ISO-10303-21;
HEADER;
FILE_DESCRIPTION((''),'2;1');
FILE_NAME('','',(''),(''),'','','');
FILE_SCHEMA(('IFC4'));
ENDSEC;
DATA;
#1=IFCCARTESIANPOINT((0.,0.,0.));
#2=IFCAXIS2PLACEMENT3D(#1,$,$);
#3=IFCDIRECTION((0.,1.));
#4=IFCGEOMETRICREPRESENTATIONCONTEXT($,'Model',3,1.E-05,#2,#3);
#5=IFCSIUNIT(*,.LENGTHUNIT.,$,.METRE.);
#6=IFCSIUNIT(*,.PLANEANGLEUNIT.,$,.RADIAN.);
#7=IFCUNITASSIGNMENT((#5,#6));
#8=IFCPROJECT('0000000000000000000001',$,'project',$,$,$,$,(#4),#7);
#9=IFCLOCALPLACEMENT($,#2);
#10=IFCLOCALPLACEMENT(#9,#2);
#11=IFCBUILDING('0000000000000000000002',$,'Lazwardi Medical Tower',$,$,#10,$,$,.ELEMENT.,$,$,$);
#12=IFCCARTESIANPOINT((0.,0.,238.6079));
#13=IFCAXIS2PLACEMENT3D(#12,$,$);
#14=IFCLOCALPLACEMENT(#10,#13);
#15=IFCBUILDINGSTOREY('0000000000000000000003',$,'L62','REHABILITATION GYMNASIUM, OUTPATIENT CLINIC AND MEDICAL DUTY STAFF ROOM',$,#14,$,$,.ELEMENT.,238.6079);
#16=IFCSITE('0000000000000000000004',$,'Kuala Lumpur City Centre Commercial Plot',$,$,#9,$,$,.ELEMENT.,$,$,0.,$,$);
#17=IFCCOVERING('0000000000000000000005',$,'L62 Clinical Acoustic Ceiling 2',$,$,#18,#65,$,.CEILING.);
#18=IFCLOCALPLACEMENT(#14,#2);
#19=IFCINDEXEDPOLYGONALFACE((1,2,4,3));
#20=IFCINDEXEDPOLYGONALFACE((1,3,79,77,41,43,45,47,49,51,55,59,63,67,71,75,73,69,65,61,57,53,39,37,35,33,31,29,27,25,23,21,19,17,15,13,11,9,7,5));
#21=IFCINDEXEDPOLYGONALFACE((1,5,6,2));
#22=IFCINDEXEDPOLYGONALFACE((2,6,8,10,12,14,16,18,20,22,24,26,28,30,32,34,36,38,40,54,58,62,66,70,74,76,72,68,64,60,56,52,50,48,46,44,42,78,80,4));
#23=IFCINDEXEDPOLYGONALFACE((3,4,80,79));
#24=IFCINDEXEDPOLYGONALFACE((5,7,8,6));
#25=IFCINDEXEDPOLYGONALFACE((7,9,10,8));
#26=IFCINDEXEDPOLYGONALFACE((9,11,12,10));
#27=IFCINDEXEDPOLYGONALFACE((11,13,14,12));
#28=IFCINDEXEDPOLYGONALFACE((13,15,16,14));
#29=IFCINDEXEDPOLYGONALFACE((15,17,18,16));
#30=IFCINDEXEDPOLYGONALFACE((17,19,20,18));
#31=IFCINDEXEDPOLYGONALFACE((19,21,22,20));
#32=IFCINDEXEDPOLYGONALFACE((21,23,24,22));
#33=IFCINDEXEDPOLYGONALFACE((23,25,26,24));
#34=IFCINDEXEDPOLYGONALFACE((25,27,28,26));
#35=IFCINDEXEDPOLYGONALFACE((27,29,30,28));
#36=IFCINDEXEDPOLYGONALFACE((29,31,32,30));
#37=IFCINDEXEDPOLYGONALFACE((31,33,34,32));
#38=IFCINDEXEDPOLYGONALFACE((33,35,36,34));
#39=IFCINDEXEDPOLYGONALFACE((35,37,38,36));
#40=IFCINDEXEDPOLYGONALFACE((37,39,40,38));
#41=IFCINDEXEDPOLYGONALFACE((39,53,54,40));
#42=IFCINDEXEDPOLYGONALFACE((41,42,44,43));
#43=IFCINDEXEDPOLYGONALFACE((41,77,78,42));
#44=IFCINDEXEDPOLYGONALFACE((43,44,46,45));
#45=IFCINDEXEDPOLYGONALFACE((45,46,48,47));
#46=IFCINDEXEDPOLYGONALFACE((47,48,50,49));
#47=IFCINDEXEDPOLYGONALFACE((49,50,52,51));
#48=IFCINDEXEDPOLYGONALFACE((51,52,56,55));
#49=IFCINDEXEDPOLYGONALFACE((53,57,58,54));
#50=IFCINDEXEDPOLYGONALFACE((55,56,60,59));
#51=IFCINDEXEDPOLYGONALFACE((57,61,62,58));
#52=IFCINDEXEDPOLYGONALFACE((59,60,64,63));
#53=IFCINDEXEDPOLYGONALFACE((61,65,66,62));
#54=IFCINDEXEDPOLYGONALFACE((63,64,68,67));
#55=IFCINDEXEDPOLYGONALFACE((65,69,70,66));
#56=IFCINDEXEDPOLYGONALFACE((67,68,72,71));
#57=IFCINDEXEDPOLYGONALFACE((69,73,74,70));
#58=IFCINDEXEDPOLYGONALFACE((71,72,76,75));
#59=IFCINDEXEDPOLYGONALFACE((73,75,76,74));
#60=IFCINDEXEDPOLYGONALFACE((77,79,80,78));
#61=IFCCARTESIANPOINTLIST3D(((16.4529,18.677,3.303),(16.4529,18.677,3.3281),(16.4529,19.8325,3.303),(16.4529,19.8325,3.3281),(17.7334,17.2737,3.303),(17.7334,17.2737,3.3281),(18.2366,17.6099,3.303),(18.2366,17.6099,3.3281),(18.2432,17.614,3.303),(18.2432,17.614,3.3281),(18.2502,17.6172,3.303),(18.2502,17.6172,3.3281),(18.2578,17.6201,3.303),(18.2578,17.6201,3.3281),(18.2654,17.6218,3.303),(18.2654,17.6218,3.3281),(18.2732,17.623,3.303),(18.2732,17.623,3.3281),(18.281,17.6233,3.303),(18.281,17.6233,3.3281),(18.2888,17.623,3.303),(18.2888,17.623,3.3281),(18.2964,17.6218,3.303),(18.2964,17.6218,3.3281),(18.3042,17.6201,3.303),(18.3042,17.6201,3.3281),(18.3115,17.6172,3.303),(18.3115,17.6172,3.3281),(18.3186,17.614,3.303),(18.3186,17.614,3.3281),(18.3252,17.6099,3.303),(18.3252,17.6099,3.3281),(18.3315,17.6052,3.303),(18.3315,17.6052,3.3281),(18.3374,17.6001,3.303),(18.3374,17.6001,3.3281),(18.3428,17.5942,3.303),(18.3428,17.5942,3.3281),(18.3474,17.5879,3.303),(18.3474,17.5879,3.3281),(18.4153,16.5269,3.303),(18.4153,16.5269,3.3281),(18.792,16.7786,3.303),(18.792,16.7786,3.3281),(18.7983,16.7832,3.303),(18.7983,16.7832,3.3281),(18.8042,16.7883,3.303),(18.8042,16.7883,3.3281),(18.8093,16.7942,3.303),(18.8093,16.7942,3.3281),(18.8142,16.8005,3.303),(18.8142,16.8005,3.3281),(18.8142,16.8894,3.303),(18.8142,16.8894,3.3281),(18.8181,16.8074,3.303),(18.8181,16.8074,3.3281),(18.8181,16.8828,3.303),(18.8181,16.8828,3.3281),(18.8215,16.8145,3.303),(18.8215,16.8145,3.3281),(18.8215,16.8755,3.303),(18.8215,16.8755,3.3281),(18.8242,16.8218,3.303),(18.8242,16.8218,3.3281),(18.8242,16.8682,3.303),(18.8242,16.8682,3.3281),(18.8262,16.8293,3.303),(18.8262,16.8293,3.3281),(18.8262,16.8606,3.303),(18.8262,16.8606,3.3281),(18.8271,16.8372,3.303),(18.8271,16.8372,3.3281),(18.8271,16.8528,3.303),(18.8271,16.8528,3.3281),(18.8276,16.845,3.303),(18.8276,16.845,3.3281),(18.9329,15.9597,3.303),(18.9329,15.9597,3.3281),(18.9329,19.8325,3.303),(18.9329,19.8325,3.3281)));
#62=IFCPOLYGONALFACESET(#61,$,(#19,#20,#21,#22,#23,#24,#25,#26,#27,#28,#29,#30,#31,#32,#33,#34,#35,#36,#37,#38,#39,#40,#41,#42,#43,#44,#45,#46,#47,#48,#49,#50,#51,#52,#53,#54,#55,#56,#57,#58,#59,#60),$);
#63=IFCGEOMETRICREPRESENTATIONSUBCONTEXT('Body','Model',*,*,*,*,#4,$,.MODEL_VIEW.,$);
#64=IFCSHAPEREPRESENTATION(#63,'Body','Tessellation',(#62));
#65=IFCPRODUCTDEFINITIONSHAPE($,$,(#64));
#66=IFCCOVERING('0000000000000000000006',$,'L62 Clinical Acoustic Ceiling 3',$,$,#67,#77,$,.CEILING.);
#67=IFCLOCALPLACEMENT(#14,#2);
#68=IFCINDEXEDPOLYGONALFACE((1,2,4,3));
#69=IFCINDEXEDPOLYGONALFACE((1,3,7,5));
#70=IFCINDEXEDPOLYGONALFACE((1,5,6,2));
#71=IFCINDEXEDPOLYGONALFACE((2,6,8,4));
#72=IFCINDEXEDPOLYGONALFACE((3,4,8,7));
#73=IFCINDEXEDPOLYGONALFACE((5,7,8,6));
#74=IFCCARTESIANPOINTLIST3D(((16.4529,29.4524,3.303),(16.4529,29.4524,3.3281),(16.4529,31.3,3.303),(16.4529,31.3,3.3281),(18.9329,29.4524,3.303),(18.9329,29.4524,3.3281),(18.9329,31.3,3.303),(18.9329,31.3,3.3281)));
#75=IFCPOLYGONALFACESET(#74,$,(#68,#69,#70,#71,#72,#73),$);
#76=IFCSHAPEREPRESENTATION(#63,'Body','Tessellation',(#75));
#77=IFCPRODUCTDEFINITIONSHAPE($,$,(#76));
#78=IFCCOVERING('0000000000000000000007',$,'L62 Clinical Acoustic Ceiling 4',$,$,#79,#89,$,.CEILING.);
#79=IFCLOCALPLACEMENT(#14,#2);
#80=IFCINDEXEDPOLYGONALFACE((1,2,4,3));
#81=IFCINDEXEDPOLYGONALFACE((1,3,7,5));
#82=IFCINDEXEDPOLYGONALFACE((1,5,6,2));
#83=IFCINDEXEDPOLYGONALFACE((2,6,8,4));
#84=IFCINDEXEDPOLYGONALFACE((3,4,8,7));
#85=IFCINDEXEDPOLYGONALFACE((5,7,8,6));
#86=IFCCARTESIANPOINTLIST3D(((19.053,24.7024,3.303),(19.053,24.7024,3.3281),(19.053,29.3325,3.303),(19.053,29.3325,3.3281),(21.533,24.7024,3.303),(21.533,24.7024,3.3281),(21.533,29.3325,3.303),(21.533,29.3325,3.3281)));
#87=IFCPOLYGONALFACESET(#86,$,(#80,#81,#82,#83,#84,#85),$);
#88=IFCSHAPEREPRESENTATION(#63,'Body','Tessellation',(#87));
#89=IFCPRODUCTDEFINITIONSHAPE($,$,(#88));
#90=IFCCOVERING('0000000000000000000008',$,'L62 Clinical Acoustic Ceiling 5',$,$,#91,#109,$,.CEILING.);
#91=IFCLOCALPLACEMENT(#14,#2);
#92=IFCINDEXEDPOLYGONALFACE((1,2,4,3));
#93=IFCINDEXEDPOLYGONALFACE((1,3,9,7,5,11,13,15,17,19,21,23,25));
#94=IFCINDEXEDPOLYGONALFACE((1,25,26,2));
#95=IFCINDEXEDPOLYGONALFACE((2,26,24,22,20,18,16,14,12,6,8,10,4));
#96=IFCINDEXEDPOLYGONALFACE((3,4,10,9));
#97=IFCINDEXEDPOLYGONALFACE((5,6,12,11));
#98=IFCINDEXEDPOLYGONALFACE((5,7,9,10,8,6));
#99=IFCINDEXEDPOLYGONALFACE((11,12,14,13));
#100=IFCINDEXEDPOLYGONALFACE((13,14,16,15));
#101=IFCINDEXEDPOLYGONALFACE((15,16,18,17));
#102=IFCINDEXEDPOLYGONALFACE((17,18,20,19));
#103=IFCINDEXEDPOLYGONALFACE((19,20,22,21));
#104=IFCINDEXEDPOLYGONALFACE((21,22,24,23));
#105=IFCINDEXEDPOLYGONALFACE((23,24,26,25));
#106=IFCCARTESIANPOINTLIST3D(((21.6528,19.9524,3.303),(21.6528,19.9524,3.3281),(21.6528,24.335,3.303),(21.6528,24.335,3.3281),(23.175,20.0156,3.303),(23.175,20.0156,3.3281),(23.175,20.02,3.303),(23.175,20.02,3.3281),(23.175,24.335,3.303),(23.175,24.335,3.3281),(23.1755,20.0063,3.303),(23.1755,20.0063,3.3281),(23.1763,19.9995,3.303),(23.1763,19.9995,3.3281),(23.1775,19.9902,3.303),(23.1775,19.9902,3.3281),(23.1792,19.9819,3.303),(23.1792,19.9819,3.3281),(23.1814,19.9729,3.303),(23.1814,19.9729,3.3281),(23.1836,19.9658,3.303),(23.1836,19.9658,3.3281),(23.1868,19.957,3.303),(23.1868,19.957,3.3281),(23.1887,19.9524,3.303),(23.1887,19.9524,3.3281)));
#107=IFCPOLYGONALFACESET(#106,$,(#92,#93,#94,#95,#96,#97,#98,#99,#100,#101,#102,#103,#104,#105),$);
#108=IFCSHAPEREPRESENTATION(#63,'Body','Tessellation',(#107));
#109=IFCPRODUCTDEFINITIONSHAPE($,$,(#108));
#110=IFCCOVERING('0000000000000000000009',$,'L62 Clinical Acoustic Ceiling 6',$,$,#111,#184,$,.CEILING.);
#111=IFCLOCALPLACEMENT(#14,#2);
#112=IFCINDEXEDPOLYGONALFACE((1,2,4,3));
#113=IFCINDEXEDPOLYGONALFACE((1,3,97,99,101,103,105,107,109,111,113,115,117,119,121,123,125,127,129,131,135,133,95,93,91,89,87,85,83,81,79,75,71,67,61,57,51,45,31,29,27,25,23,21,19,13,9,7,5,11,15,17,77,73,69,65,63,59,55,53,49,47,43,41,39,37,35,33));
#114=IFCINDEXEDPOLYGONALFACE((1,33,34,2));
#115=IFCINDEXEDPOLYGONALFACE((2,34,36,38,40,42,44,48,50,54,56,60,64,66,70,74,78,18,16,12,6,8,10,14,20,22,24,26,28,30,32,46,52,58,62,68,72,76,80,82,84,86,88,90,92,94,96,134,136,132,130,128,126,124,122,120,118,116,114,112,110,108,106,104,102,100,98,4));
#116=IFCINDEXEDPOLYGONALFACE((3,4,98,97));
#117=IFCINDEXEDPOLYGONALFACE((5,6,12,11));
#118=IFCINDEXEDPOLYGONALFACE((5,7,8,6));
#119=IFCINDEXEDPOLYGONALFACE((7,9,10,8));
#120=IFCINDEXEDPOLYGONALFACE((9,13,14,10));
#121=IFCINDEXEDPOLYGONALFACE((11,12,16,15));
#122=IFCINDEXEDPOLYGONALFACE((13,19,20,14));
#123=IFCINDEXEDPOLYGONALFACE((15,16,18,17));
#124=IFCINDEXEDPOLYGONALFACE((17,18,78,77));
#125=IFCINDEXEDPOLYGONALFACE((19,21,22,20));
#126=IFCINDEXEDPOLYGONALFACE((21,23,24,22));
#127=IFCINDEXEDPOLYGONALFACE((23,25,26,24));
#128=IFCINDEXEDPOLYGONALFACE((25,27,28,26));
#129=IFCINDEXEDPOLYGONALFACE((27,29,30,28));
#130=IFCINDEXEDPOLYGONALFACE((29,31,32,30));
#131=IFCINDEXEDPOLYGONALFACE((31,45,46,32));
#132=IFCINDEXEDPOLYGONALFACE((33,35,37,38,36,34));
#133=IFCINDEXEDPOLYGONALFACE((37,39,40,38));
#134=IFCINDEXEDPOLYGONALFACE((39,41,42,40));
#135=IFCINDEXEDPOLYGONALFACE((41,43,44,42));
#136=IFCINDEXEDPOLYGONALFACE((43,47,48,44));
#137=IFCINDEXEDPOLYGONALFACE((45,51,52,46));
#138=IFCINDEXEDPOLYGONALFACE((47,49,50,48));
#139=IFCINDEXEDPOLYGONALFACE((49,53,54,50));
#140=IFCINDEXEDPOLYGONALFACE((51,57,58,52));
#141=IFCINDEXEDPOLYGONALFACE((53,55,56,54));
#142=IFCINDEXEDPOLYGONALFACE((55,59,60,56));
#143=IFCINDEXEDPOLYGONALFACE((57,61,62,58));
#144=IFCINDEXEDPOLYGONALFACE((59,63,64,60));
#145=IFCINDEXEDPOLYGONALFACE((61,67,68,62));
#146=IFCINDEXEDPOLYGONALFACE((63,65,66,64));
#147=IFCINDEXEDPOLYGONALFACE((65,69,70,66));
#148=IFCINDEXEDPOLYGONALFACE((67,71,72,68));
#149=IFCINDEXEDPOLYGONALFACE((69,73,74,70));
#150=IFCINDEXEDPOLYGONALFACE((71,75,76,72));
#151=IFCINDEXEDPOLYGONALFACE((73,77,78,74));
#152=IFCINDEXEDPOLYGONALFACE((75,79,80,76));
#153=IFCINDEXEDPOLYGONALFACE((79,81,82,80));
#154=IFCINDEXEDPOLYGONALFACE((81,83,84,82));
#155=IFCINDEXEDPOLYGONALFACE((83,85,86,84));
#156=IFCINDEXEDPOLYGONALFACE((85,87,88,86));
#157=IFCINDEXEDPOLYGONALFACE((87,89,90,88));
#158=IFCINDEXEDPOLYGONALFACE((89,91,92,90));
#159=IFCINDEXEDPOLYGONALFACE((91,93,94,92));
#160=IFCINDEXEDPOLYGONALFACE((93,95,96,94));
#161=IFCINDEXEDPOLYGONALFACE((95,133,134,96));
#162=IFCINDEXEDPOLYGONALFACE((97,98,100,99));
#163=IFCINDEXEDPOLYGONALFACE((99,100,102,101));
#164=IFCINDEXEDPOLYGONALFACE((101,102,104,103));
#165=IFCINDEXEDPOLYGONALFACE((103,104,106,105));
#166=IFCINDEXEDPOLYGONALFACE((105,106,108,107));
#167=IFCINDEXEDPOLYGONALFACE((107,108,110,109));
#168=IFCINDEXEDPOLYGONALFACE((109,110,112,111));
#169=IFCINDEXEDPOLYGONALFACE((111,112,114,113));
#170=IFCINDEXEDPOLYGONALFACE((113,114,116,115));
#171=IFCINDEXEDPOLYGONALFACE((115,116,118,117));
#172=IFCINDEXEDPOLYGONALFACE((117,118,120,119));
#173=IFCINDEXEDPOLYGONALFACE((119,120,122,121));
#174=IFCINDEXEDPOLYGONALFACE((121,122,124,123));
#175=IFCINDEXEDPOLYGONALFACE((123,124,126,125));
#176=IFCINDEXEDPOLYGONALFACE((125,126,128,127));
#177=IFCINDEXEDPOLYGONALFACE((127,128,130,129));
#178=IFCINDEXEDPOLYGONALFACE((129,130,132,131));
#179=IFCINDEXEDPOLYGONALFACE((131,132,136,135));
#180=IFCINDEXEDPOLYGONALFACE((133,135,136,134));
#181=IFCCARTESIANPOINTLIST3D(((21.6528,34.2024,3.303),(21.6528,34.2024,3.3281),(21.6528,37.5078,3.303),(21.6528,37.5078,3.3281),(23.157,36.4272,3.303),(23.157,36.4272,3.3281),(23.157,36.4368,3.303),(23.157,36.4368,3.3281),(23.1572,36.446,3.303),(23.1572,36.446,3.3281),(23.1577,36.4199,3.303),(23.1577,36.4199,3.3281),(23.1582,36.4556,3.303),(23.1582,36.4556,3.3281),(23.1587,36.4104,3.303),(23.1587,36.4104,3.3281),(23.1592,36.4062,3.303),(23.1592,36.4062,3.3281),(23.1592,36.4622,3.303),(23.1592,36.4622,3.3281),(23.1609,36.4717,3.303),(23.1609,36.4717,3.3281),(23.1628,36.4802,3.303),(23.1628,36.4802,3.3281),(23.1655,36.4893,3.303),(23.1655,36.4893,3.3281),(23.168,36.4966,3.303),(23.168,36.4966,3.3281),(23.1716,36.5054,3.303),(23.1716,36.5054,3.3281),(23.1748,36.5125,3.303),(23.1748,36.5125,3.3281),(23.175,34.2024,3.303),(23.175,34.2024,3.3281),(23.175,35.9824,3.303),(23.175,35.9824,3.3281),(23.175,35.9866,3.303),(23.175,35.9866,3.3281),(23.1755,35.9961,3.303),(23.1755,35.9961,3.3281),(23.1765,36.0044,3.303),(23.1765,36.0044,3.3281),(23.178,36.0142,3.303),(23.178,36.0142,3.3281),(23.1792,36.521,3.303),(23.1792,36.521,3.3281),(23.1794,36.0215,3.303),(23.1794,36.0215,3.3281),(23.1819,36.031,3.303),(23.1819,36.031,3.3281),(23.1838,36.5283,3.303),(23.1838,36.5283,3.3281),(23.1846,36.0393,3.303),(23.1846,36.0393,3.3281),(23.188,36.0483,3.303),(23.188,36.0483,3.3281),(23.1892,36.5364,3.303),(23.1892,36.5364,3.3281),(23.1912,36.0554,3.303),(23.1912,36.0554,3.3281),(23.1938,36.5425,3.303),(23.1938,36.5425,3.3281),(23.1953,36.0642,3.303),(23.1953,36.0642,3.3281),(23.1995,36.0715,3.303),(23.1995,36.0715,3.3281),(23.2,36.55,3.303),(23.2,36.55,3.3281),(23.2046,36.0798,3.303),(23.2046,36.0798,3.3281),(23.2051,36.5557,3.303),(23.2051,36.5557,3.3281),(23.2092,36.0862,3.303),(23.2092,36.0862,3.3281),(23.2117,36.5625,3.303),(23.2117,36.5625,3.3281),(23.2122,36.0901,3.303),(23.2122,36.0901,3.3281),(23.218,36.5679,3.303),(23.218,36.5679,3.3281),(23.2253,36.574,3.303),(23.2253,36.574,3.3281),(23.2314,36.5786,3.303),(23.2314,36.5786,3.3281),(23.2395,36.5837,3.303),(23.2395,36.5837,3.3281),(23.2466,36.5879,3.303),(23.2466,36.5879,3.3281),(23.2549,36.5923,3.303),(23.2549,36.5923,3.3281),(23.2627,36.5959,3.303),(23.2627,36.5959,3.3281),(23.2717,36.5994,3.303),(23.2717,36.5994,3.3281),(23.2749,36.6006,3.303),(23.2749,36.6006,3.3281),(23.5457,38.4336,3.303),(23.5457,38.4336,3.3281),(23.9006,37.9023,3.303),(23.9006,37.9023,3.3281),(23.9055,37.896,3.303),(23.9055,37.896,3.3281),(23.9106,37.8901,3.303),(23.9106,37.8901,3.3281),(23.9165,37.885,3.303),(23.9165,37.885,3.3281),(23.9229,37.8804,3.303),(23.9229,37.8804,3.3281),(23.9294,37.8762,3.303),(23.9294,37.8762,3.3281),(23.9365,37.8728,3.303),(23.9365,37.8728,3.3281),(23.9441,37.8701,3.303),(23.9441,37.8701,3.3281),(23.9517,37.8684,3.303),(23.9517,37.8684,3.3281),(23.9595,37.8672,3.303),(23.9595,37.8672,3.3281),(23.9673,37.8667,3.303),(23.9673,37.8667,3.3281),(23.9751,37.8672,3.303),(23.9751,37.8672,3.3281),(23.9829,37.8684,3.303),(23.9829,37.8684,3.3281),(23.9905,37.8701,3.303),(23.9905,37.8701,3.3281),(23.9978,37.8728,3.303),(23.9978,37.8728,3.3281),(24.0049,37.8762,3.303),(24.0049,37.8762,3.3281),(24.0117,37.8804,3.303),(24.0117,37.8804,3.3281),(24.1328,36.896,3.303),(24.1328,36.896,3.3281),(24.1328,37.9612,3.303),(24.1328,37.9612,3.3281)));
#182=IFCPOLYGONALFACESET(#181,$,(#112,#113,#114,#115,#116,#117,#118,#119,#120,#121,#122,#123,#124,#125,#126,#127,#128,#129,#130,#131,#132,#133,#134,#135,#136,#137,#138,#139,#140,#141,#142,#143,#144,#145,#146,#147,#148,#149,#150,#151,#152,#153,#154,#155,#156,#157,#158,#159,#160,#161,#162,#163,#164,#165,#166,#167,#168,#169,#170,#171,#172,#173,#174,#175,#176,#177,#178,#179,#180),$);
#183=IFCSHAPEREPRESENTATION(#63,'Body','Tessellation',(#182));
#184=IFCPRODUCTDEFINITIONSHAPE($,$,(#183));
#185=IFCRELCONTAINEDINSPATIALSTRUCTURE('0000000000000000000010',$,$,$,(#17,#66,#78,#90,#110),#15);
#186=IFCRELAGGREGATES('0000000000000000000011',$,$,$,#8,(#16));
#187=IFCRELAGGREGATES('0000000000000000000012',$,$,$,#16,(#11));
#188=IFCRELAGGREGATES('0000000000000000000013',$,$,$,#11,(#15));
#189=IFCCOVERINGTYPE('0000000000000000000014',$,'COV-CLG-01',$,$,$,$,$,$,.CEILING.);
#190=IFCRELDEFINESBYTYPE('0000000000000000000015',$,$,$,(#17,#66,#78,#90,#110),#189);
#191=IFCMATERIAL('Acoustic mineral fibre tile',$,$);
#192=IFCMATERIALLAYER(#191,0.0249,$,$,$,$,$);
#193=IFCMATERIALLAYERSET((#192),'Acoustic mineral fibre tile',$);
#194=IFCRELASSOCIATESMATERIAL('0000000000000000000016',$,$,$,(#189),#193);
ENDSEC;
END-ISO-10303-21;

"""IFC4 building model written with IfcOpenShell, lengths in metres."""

from ifc_helpers import new_model, si_unit, direction, frame, origin, place, context, subcontext, project, spatial, polyline, outline, extrude, material, layer, layer_set, type_object, element, save


model = new_model("IFC4")

# Units and contexts
model_context = context("Model", 3, precision=1e-05, world=origin(), true_north=direction((0.0, 1.0)))
body_context = subcontext(model_context, "Body", "Model", "MODEL_VIEW")
ifc_project = project(units=[si_unit("LENGTHUNIT", "METRE"), si_unit("PLANEANGLEUNIT", "RADIAN")], contexts=[model_context])

# Site, building, storey
site_placement = place(None, origin())
site = spatial("IfcSite", under=ifc_project, at=site_placement, Name="Kuala Lumpur City Centre Commercial Plot", CompositionType="ELEMENT", RefElevation=0.0)
building_placement = place(site_placement, origin())
building = spatial("IfcBuilding", under=site, at=building_placement, Name="Lazwardi Medical Tower", CompositionType="ELEMENT")
storey_placement = place(building_placement, frame((0.0, 0.0, 238.6079)))
storey = spatial("IfcBuildingStorey", under=building, at=storey_placement, Name="L62", Description="REHABILITATION GYMNASIUM, OUTPATIENT CLINIC AND MEDICAL DUTY STAFF ROOM", CompositionType="ELEMENT", Elevation=238.6079)

# Coverings
ifc_material_1 = material(Name="Acoustic mineral fibre tile")
ifc_layer_1 = layer(ifc_material_1, 0.0249)
ifc_layer_set_1 = layer_set([ifc_layer_1], Name="Acoustic mineral fibre tile")
covering_type_1 = type_object("IfcCoveringType", Name="COV-CLG-01", PredefinedType="CEILING", material=ifc_layer_set_1)
covering_1_placement = place(storey_placement, frame((0.0, 0.0, 3.303)))
element("IfcCovering", 1, at=covering_1_placement, inside=storey, type_object=covering_type_1, Name="L62 Clinical Acoustic Ceiling 2", PredefinedType="CEILING", context=body_context, shape_type="SweptSolid", body=[
    extrude(outline(polyline([(16.4529, 18.677), (17.7334, 17.2737), (18.2366, 17.6099), (18.2432, 17.614), (18.2502, 17.6172), (18.2578, 17.6201), (18.2654, 17.6218), (18.2732, 17.623), (18.281, 17.6233), (18.2888, 17.623), (18.2964, 17.6218), (18.3042, 17.6201), (18.3115, 17.6172), (18.3186, 17.614), (18.3252, 17.6099), (18.3315, 17.6052), (18.3374, 17.6001), (18.3428, 17.5942), (18.3474, 17.5879), (18.8142, 16.8894), (18.8181, 16.8828), (18.8215, 16.8755), (18.8242, 16.8682), (18.8262, 16.8606), (18.8271, 16.8528), (18.8276, 16.845), (18.8271, 16.8372), (18.8262, 16.8293), (18.8242, 16.8218), (18.8215, 16.8145), (18.8181, 16.8074), (18.8142, 16.8005), (18.8093, 16.7942), (18.8042, 16.7883), (18.7983, 16.7832), (18.792, 16.7786), (18.4153, 16.5269), (18.9329, 15.9597), (18.9329, 19.8325), (16.4529, 19.8325), (16.4529, 18.677)])), origin(), (0.0, 0.0, 1.0), 0.0251),
])
covering_2_placement = place(storey_placement, frame((0.0, 0.0, 3.303)))
element("IfcCovering", 2, at=covering_2_placement, inside=storey, type_object=covering_type_1, Name="L62 Clinical Acoustic Ceiling 3", PredefinedType="CEILING", context=body_context, shape_type="SweptSolid", body=[
    extrude(outline(polyline([(18.9329, 31.3), (16.4529, 31.3), (16.4529, 29.4524), (18.9329, 29.4524), (18.9329, 31.3)])), origin(), (0.0, 0.0, 1.0), 0.0251),
])
covering_3_placement = place(storey_placement, frame((0.0, 0.0, 3.303)))
element("IfcCovering", 3, at=covering_3_placement, inside=storey, type_object=covering_type_1, Name="L62 Clinical Acoustic Ceiling 4", PredefinedType="CEILING", context=body_context, shape_type="SweptSolid", body=[
    extrude(outline(polyline([(21.533, 24.7024), (21.533, 29.3325), (19.053, 29.3325), (19.053, 24.7024), (21.533, 24.7024)])), origin(), (0.0, 0.0, 1.0), 0.0251),
])
covering_4_placement = place(storey_placement, frame((0.0, 0.0, 3.303)))
element("IfcCovering", 4, at=covering_4_placement, inside=storey, type_object=covering_type_1, Name="L62 Clinical Acoustic Ceiling 5", PredefinedType="CEILING", context=body_context, shape_type="SweptSolid", body=[
    extrude(outline(polyline([(23.1887, 19.9524), (23.1868, 19.957), (23.1836, 19.9658), (23.1814, 19.9729), (23.1792, 19.9819), (23.1775, 19.9902), (23.1763, 19.9995), (23.1755, 20.0063), (23.175, 20.0156), (23.175, 20.02), (23.175, 24.335), (21.6528, 24.335), (21.6528, 19.9524), (23.1887, 19.9524)])), origin(), (0.0, 0.0, 1.0), 0.0251),
])
covering_5_placement = place(storey_placement, frame((0.0, 0.0, 3.303)))
element("IfcCovering", 5, at=covering_5_placement, inside=storey, type_object=covering_type_1, Name="L62 Clinical Acoustic Ceiling 6", PredefinedType="CEILING", context=body_context, shape_type="SweptSolid", body=[
    extrude(outline(polyline([(24.1328, 37.9612), (24.0117, 37.8804), (24.0049, 37.8762), (23.9978, 37.8728), (23.9905, 37.8701), (23.9829, 37.8684), (23.9751, 37.8672), (23.9673, 37.8667), (23.9595, 37.8672), (23.9517, 37.8684), (23.9441, 37.8701), (23.9365, 37.8728), (23.9294, 37.8762), (23.9229, 37.8804), (23.9165, 37.885), (23.9106, 37.8901), (23.9055, 37.896), (23.9006, 37.9023), (23.5457, 38.4336), (21.6528, 37.5078), (21.6528, 34.2024), (23.175, 34.2024), (23.175, 35.9824), (23.175, 35.9866), (23.1755, 35.9961), (23.1765, 36.0044), (23.178, 36.0142), (23.1794, 36.0215), (23.1819, 36.031), (23.1846, 36.0393), (23.188, 36.0483), (23.1912, 36.0554), (23.1953, 36.0642), (23.1995, 36.0715), (23.2046, 36.0798), (23.2092, 36.0862), (23.2122, 36.0901), (23.1592, 36.4062), (23.1587, 36.4104), (23.1577, 36.4199), (23.157, 36.4272), (23.157, 36.4368), (23.1572, 36.446), (23.1582, 36.4556), (23.1592, 36.4622), (23.1609, 36.4717), (23.1628, 36.4802), (23.1655, 36.4893), (23.168, 36.4966), (23.1716, 36.5054), (23.1748, 36.5125), (23.1792, 36.521), (23.1838, 36.5283), (23.1892, 36.5364), (23.1938, 36.5425), (23.2, 36.55), (23.2051, 36.5557), (23.2117, 36.5625), (23.218, 36.5679), (23.2253, 36.574), (23.2314, 36.5786), (23.2395, 36.5837), (23.2466, 36.5879), (23.2549, 36.5923), (23.2627, 36.5959), (23.2717, 36.5994), (23.2749, 36.6006), (24.1328, 36.896), (24.1328, 37.9612)])), origin(), (0.0, 0.0, 1.0), 0.0251),
])

save(model, "model.ifc")
